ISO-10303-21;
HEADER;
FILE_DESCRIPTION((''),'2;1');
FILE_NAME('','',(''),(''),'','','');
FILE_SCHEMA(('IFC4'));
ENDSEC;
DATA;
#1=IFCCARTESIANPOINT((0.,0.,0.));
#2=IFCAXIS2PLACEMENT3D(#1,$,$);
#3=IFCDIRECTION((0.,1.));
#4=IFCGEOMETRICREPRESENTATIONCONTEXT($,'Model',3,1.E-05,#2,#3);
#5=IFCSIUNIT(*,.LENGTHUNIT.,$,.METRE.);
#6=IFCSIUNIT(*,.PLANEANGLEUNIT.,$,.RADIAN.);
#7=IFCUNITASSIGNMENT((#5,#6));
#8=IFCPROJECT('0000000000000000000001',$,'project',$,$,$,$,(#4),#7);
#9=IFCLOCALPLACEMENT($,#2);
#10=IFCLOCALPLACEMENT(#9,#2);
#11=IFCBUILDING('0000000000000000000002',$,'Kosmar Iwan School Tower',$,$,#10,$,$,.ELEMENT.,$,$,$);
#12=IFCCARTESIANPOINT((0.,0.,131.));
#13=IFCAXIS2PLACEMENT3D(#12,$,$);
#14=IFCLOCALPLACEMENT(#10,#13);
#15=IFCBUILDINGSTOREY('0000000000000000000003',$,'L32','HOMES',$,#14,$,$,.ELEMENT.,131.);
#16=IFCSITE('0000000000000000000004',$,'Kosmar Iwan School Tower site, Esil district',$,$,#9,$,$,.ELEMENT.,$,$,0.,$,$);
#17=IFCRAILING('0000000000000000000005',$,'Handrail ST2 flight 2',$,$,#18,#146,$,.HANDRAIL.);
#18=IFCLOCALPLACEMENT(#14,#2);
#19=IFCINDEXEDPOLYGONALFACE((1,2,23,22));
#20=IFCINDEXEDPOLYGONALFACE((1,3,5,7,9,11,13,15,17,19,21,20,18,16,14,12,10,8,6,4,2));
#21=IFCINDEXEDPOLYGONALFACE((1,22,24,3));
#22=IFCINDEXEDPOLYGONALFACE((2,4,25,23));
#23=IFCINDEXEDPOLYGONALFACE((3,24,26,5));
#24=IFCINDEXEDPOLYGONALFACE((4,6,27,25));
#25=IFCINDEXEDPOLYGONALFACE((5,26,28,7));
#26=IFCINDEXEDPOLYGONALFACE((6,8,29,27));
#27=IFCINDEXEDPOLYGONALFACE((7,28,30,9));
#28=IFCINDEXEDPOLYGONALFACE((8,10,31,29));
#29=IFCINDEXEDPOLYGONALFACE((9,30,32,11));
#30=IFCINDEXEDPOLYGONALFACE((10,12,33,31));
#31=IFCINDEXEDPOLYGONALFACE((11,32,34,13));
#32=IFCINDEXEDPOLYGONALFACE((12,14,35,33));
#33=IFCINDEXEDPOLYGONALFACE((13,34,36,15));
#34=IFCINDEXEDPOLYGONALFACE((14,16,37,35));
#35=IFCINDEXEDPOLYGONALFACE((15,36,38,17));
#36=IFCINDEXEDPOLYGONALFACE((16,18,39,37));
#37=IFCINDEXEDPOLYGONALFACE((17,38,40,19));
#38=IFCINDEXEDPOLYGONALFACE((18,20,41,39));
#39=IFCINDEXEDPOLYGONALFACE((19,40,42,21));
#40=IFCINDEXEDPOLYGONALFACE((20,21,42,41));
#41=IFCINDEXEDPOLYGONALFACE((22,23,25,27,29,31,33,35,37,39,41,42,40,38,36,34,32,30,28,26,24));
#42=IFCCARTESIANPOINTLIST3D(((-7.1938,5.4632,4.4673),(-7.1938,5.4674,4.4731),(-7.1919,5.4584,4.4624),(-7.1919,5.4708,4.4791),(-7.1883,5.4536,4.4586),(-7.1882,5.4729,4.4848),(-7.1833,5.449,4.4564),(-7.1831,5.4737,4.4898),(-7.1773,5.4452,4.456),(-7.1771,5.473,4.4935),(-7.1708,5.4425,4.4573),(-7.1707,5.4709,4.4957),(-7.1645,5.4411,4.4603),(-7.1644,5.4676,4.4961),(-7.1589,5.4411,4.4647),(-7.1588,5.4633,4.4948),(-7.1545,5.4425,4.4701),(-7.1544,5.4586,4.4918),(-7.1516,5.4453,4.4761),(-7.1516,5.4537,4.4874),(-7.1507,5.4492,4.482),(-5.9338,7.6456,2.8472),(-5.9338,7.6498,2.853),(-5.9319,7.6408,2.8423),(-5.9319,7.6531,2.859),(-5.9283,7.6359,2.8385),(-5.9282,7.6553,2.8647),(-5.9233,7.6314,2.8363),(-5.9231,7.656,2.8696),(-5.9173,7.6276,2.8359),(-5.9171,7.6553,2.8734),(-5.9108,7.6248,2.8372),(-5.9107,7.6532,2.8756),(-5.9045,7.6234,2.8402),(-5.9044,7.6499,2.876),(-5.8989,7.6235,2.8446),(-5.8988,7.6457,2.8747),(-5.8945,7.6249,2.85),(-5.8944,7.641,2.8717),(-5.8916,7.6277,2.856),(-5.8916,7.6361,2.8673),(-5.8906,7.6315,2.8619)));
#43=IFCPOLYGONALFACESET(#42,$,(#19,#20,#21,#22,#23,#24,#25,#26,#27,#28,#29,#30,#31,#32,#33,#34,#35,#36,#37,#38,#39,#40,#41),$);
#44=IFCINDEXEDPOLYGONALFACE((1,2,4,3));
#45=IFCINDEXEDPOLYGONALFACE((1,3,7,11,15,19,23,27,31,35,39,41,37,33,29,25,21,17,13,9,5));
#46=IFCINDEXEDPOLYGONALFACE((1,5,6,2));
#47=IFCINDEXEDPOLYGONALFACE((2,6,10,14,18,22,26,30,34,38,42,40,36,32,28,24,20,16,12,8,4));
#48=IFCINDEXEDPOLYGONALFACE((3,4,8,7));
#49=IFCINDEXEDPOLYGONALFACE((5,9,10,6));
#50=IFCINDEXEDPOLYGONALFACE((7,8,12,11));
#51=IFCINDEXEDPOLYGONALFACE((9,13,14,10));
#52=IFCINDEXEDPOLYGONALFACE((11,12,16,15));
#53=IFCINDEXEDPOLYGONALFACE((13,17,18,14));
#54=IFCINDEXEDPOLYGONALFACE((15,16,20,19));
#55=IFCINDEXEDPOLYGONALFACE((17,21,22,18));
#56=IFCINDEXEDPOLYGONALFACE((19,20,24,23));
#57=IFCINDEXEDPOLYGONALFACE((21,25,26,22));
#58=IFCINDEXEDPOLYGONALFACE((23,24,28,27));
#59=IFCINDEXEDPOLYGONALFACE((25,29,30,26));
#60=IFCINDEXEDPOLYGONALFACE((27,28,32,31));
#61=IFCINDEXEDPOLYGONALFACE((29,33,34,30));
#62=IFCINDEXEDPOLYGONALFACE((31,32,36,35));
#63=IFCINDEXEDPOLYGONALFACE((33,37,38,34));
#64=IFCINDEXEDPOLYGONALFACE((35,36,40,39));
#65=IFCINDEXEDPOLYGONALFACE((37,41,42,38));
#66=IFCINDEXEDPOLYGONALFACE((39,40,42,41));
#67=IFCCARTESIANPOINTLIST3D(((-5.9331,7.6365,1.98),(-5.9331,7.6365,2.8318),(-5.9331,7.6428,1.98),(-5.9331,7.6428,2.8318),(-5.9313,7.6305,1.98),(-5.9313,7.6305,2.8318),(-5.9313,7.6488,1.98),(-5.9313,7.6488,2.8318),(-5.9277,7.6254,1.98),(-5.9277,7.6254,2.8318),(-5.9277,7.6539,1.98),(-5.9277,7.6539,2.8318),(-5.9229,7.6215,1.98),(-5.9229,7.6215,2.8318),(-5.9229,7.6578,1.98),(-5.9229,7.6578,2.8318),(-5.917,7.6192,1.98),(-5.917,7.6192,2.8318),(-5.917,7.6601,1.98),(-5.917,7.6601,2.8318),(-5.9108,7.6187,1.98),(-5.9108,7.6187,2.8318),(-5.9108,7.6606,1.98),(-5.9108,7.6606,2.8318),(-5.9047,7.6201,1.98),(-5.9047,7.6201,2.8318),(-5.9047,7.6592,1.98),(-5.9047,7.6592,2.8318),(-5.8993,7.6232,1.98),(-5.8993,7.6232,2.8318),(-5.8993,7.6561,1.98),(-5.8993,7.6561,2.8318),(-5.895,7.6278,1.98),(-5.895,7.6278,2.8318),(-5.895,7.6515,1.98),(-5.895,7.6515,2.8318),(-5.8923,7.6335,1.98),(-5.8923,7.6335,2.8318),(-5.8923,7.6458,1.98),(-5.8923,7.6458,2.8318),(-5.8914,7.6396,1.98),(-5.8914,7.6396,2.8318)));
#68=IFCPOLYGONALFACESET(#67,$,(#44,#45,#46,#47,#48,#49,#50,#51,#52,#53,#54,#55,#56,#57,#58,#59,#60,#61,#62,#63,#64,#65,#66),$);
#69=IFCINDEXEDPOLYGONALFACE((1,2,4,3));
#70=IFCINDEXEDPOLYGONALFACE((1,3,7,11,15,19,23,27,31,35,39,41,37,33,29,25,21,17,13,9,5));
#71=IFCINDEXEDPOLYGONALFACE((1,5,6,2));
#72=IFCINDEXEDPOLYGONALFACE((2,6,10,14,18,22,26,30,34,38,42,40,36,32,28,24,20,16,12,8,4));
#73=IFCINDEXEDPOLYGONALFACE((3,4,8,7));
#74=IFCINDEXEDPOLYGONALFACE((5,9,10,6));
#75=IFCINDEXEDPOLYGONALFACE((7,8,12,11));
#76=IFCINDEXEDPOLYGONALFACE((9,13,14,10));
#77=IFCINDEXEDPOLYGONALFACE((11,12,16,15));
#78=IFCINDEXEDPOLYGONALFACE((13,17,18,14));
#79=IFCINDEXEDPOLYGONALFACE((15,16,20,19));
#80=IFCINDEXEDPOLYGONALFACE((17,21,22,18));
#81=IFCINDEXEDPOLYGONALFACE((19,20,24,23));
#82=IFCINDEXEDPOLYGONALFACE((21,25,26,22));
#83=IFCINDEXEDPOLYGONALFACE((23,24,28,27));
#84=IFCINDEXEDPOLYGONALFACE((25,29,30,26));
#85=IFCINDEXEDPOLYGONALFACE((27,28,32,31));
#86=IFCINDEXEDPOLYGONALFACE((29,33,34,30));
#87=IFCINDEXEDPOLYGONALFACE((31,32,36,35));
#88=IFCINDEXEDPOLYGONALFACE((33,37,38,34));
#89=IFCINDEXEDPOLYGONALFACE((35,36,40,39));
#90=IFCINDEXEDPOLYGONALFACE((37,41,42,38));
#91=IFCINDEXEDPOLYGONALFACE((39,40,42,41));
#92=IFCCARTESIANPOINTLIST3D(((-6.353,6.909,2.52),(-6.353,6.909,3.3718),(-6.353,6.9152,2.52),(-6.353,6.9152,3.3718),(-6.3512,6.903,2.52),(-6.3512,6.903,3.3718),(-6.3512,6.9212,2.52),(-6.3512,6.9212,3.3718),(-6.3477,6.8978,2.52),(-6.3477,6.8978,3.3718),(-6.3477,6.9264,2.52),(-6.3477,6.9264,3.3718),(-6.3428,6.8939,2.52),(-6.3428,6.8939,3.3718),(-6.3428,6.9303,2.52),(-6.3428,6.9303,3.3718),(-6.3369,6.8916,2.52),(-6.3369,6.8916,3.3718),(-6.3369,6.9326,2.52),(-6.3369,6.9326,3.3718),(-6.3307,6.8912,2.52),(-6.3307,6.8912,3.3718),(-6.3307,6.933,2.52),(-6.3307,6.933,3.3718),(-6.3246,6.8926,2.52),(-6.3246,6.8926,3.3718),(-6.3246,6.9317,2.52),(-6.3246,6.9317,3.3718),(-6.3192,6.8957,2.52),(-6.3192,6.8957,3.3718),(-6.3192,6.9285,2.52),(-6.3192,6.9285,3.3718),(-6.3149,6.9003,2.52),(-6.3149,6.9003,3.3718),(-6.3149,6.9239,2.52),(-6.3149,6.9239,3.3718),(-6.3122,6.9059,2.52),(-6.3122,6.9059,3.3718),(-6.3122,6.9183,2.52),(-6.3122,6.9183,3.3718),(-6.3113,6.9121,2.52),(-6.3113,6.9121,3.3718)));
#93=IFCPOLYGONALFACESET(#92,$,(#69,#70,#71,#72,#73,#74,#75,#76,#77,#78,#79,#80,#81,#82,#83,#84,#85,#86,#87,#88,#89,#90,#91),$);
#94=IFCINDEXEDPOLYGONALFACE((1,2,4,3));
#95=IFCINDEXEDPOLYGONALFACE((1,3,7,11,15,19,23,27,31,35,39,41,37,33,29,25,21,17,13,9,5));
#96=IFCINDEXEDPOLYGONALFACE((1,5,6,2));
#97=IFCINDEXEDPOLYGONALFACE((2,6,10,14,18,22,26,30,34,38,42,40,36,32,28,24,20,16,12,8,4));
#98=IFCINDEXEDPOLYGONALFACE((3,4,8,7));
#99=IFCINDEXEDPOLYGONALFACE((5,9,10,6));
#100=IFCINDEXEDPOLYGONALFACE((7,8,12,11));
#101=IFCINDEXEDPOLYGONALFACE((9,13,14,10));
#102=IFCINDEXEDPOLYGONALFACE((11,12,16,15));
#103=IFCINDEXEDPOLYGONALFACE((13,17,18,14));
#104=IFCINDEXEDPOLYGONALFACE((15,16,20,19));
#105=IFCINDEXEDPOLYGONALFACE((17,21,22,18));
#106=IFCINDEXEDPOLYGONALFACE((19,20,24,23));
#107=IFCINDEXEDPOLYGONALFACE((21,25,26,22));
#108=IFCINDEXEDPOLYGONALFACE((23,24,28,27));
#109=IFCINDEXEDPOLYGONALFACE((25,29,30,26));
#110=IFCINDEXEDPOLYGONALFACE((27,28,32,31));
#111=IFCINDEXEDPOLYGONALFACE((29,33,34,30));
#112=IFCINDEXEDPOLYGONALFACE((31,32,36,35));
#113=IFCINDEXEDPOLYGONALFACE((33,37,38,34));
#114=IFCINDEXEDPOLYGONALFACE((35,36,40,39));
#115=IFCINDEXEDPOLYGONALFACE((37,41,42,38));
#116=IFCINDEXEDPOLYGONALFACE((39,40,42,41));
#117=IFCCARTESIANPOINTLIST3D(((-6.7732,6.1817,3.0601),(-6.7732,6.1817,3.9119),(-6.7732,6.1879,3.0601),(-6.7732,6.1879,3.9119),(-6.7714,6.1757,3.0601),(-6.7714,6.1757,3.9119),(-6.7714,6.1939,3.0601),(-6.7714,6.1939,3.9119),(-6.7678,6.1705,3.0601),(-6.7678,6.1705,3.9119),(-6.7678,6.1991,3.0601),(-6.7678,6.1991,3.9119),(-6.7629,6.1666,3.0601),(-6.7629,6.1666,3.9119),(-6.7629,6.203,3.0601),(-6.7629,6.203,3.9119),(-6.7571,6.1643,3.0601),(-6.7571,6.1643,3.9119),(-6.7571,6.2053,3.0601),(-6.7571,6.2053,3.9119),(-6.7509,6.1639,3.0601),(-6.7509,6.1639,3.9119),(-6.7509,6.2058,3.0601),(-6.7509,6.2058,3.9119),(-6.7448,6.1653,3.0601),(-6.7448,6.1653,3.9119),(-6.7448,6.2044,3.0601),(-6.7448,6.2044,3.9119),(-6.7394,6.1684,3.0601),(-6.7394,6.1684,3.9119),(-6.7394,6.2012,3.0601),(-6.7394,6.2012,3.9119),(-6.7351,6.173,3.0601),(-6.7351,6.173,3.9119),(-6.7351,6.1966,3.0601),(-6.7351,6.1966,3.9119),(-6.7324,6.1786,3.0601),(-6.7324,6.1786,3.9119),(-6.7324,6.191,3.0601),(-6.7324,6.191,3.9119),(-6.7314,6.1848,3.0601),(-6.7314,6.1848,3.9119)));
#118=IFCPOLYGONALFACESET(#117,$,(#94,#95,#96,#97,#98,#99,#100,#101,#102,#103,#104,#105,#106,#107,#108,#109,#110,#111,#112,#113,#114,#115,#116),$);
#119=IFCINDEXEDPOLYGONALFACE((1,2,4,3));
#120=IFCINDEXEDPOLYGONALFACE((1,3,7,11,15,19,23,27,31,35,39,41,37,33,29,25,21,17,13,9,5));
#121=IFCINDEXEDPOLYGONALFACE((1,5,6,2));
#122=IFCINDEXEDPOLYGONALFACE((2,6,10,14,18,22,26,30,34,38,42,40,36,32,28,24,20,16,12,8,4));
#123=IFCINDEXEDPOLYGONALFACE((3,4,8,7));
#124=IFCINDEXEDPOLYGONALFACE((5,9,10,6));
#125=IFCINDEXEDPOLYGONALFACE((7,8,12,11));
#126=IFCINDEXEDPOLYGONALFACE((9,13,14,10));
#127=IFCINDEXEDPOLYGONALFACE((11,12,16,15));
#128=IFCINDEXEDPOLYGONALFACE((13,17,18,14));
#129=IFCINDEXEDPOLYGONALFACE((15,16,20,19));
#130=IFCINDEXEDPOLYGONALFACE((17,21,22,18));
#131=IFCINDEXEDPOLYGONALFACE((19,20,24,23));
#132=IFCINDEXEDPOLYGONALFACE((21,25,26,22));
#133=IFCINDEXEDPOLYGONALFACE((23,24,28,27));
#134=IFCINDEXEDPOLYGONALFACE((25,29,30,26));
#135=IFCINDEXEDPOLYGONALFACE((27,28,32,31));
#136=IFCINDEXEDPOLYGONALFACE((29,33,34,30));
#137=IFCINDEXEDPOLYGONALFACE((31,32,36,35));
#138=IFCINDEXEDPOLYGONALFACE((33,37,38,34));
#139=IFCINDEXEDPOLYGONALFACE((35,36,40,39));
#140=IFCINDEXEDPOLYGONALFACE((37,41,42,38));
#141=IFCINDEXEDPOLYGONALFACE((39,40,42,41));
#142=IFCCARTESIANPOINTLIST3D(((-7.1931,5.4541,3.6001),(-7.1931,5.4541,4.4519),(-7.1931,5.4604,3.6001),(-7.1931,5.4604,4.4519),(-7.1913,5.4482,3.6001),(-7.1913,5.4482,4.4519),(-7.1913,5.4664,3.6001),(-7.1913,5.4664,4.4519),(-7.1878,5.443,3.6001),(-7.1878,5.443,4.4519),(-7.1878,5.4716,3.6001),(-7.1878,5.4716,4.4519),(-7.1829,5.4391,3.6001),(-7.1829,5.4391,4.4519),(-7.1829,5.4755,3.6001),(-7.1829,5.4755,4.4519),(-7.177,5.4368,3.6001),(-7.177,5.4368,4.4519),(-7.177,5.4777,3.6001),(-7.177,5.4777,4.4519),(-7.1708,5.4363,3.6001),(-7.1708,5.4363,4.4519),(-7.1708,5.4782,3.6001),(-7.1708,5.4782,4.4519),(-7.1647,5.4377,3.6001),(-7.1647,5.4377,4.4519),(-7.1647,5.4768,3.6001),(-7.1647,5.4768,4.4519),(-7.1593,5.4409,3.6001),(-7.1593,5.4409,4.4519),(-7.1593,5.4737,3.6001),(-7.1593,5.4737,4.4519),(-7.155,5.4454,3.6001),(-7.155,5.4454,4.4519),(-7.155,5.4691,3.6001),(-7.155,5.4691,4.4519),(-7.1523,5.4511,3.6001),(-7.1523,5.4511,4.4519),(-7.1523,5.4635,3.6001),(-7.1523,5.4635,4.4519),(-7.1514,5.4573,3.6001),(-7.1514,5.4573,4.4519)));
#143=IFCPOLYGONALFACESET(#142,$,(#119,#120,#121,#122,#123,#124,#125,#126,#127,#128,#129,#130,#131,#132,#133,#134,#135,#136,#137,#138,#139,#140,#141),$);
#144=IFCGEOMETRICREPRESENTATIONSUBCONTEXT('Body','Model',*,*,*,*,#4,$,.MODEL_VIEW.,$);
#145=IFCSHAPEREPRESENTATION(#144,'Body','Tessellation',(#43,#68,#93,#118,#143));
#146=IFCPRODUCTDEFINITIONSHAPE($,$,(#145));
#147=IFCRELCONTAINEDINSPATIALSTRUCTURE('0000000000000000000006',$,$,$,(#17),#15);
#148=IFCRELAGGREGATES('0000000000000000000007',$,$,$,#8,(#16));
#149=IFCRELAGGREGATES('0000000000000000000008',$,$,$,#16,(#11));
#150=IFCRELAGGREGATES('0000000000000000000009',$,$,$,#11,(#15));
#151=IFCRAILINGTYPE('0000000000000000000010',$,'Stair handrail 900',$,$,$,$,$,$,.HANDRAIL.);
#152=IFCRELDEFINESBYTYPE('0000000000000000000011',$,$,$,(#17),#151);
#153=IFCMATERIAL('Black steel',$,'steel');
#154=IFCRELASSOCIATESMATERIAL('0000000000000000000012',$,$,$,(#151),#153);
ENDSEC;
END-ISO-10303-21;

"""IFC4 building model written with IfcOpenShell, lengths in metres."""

from ifc_helpers import new_model, si_unit, direction, frame, origin, origin_2d, place, context, subcontext, project, spatial, circle, extrude, material, type_object, element, save


model = new_model("IFC4")

# Units and contexts
model_context = context("Model", 3, precision=1e-05, world=origin(), true_north=direction((0.0, 1.0)))
body_context = subcontext(model_context, "Body", "Model", "MODEL_VIEW")
ifc_project = project(units=[si_unit("LENGTHUNIT", "METRE"), si_unit("PLANEANGLEUNIT", "RADIAN")], contexts=[model_context])

# Site, building, storey
site_placement = place(None, origin())
site = spatial("IfcSite", under=ifc_project, at=site_placement, Name="Kosmar Iwan School Tower site, Esil district", CompositionType="ELEMENT", RefElevation=0.0)
building_placement = place(site_placement, origin())
building = spatial("IfcBuilding", under=site, at=building_placement, Name="Kosmar Iwan School Tower", CompositionType="ELEMENT")
storey_placement = place(building_placement, frame((0.0, 0.0, 131.0)))
storey = spatial("IfcBuildingStorey", under=building, at=storey_placement, Name="L32", Description="HOMES", CompositionType="ELEMENT", Elevation=131.0)

# Railing
ifc_material_1 = material(Name="Black steel", Category="steel")
railing_type = type_object("IfcRailingType", Name="Stair handrail 900", PredefinedType="HANDRAIL", material=ifc_material_1)
railing_1_placement = place(storey_placement, frame((-5.9124, 7.6396, 1.98)))
element("IfcRailing", 1, at=railing_1_placement, inside=storey, type_object=railing_type, Name="Handrail ST2 flight 2", PredefinedType="HANDRAIL", context=body_context, shape_type="SweptSolid", body=[
    extrude(circle(Radius=0.0239, at=origin_2d()), frame((0.0, 0.0, 0.876), z_axis=(-0.420584, -0.728464, 0.540786), x_axis=(0.866023, -0.500005, 0.0)), (0.0, 0.0, 1.0), 2.9958),
    extrude(circle(Radius=0.021, at=origin_2d()), origin(), (0.0, 0.0, 1.0), 0.8518),
    extrude(circle(Radius=0.021, at=origin_2d()), frame((-0.4199, -0.7275, 0.54)), (0.0, 0.0, 1.0), 0.8518),
    extrude(circle(Radius=0.021, at=origin_2d()), frame((-0.8401, -1.4548, 1.0801)), (0.0, 0.0, 1.0), 0.8518),
    extrude(circle(Radius=0.021, at=origin_2d()), frame((-1.26, -2.1824, 1.6201)), (0.0, 0.0, 1.0), 0.8518),
])

save(model, "model.ifc")
